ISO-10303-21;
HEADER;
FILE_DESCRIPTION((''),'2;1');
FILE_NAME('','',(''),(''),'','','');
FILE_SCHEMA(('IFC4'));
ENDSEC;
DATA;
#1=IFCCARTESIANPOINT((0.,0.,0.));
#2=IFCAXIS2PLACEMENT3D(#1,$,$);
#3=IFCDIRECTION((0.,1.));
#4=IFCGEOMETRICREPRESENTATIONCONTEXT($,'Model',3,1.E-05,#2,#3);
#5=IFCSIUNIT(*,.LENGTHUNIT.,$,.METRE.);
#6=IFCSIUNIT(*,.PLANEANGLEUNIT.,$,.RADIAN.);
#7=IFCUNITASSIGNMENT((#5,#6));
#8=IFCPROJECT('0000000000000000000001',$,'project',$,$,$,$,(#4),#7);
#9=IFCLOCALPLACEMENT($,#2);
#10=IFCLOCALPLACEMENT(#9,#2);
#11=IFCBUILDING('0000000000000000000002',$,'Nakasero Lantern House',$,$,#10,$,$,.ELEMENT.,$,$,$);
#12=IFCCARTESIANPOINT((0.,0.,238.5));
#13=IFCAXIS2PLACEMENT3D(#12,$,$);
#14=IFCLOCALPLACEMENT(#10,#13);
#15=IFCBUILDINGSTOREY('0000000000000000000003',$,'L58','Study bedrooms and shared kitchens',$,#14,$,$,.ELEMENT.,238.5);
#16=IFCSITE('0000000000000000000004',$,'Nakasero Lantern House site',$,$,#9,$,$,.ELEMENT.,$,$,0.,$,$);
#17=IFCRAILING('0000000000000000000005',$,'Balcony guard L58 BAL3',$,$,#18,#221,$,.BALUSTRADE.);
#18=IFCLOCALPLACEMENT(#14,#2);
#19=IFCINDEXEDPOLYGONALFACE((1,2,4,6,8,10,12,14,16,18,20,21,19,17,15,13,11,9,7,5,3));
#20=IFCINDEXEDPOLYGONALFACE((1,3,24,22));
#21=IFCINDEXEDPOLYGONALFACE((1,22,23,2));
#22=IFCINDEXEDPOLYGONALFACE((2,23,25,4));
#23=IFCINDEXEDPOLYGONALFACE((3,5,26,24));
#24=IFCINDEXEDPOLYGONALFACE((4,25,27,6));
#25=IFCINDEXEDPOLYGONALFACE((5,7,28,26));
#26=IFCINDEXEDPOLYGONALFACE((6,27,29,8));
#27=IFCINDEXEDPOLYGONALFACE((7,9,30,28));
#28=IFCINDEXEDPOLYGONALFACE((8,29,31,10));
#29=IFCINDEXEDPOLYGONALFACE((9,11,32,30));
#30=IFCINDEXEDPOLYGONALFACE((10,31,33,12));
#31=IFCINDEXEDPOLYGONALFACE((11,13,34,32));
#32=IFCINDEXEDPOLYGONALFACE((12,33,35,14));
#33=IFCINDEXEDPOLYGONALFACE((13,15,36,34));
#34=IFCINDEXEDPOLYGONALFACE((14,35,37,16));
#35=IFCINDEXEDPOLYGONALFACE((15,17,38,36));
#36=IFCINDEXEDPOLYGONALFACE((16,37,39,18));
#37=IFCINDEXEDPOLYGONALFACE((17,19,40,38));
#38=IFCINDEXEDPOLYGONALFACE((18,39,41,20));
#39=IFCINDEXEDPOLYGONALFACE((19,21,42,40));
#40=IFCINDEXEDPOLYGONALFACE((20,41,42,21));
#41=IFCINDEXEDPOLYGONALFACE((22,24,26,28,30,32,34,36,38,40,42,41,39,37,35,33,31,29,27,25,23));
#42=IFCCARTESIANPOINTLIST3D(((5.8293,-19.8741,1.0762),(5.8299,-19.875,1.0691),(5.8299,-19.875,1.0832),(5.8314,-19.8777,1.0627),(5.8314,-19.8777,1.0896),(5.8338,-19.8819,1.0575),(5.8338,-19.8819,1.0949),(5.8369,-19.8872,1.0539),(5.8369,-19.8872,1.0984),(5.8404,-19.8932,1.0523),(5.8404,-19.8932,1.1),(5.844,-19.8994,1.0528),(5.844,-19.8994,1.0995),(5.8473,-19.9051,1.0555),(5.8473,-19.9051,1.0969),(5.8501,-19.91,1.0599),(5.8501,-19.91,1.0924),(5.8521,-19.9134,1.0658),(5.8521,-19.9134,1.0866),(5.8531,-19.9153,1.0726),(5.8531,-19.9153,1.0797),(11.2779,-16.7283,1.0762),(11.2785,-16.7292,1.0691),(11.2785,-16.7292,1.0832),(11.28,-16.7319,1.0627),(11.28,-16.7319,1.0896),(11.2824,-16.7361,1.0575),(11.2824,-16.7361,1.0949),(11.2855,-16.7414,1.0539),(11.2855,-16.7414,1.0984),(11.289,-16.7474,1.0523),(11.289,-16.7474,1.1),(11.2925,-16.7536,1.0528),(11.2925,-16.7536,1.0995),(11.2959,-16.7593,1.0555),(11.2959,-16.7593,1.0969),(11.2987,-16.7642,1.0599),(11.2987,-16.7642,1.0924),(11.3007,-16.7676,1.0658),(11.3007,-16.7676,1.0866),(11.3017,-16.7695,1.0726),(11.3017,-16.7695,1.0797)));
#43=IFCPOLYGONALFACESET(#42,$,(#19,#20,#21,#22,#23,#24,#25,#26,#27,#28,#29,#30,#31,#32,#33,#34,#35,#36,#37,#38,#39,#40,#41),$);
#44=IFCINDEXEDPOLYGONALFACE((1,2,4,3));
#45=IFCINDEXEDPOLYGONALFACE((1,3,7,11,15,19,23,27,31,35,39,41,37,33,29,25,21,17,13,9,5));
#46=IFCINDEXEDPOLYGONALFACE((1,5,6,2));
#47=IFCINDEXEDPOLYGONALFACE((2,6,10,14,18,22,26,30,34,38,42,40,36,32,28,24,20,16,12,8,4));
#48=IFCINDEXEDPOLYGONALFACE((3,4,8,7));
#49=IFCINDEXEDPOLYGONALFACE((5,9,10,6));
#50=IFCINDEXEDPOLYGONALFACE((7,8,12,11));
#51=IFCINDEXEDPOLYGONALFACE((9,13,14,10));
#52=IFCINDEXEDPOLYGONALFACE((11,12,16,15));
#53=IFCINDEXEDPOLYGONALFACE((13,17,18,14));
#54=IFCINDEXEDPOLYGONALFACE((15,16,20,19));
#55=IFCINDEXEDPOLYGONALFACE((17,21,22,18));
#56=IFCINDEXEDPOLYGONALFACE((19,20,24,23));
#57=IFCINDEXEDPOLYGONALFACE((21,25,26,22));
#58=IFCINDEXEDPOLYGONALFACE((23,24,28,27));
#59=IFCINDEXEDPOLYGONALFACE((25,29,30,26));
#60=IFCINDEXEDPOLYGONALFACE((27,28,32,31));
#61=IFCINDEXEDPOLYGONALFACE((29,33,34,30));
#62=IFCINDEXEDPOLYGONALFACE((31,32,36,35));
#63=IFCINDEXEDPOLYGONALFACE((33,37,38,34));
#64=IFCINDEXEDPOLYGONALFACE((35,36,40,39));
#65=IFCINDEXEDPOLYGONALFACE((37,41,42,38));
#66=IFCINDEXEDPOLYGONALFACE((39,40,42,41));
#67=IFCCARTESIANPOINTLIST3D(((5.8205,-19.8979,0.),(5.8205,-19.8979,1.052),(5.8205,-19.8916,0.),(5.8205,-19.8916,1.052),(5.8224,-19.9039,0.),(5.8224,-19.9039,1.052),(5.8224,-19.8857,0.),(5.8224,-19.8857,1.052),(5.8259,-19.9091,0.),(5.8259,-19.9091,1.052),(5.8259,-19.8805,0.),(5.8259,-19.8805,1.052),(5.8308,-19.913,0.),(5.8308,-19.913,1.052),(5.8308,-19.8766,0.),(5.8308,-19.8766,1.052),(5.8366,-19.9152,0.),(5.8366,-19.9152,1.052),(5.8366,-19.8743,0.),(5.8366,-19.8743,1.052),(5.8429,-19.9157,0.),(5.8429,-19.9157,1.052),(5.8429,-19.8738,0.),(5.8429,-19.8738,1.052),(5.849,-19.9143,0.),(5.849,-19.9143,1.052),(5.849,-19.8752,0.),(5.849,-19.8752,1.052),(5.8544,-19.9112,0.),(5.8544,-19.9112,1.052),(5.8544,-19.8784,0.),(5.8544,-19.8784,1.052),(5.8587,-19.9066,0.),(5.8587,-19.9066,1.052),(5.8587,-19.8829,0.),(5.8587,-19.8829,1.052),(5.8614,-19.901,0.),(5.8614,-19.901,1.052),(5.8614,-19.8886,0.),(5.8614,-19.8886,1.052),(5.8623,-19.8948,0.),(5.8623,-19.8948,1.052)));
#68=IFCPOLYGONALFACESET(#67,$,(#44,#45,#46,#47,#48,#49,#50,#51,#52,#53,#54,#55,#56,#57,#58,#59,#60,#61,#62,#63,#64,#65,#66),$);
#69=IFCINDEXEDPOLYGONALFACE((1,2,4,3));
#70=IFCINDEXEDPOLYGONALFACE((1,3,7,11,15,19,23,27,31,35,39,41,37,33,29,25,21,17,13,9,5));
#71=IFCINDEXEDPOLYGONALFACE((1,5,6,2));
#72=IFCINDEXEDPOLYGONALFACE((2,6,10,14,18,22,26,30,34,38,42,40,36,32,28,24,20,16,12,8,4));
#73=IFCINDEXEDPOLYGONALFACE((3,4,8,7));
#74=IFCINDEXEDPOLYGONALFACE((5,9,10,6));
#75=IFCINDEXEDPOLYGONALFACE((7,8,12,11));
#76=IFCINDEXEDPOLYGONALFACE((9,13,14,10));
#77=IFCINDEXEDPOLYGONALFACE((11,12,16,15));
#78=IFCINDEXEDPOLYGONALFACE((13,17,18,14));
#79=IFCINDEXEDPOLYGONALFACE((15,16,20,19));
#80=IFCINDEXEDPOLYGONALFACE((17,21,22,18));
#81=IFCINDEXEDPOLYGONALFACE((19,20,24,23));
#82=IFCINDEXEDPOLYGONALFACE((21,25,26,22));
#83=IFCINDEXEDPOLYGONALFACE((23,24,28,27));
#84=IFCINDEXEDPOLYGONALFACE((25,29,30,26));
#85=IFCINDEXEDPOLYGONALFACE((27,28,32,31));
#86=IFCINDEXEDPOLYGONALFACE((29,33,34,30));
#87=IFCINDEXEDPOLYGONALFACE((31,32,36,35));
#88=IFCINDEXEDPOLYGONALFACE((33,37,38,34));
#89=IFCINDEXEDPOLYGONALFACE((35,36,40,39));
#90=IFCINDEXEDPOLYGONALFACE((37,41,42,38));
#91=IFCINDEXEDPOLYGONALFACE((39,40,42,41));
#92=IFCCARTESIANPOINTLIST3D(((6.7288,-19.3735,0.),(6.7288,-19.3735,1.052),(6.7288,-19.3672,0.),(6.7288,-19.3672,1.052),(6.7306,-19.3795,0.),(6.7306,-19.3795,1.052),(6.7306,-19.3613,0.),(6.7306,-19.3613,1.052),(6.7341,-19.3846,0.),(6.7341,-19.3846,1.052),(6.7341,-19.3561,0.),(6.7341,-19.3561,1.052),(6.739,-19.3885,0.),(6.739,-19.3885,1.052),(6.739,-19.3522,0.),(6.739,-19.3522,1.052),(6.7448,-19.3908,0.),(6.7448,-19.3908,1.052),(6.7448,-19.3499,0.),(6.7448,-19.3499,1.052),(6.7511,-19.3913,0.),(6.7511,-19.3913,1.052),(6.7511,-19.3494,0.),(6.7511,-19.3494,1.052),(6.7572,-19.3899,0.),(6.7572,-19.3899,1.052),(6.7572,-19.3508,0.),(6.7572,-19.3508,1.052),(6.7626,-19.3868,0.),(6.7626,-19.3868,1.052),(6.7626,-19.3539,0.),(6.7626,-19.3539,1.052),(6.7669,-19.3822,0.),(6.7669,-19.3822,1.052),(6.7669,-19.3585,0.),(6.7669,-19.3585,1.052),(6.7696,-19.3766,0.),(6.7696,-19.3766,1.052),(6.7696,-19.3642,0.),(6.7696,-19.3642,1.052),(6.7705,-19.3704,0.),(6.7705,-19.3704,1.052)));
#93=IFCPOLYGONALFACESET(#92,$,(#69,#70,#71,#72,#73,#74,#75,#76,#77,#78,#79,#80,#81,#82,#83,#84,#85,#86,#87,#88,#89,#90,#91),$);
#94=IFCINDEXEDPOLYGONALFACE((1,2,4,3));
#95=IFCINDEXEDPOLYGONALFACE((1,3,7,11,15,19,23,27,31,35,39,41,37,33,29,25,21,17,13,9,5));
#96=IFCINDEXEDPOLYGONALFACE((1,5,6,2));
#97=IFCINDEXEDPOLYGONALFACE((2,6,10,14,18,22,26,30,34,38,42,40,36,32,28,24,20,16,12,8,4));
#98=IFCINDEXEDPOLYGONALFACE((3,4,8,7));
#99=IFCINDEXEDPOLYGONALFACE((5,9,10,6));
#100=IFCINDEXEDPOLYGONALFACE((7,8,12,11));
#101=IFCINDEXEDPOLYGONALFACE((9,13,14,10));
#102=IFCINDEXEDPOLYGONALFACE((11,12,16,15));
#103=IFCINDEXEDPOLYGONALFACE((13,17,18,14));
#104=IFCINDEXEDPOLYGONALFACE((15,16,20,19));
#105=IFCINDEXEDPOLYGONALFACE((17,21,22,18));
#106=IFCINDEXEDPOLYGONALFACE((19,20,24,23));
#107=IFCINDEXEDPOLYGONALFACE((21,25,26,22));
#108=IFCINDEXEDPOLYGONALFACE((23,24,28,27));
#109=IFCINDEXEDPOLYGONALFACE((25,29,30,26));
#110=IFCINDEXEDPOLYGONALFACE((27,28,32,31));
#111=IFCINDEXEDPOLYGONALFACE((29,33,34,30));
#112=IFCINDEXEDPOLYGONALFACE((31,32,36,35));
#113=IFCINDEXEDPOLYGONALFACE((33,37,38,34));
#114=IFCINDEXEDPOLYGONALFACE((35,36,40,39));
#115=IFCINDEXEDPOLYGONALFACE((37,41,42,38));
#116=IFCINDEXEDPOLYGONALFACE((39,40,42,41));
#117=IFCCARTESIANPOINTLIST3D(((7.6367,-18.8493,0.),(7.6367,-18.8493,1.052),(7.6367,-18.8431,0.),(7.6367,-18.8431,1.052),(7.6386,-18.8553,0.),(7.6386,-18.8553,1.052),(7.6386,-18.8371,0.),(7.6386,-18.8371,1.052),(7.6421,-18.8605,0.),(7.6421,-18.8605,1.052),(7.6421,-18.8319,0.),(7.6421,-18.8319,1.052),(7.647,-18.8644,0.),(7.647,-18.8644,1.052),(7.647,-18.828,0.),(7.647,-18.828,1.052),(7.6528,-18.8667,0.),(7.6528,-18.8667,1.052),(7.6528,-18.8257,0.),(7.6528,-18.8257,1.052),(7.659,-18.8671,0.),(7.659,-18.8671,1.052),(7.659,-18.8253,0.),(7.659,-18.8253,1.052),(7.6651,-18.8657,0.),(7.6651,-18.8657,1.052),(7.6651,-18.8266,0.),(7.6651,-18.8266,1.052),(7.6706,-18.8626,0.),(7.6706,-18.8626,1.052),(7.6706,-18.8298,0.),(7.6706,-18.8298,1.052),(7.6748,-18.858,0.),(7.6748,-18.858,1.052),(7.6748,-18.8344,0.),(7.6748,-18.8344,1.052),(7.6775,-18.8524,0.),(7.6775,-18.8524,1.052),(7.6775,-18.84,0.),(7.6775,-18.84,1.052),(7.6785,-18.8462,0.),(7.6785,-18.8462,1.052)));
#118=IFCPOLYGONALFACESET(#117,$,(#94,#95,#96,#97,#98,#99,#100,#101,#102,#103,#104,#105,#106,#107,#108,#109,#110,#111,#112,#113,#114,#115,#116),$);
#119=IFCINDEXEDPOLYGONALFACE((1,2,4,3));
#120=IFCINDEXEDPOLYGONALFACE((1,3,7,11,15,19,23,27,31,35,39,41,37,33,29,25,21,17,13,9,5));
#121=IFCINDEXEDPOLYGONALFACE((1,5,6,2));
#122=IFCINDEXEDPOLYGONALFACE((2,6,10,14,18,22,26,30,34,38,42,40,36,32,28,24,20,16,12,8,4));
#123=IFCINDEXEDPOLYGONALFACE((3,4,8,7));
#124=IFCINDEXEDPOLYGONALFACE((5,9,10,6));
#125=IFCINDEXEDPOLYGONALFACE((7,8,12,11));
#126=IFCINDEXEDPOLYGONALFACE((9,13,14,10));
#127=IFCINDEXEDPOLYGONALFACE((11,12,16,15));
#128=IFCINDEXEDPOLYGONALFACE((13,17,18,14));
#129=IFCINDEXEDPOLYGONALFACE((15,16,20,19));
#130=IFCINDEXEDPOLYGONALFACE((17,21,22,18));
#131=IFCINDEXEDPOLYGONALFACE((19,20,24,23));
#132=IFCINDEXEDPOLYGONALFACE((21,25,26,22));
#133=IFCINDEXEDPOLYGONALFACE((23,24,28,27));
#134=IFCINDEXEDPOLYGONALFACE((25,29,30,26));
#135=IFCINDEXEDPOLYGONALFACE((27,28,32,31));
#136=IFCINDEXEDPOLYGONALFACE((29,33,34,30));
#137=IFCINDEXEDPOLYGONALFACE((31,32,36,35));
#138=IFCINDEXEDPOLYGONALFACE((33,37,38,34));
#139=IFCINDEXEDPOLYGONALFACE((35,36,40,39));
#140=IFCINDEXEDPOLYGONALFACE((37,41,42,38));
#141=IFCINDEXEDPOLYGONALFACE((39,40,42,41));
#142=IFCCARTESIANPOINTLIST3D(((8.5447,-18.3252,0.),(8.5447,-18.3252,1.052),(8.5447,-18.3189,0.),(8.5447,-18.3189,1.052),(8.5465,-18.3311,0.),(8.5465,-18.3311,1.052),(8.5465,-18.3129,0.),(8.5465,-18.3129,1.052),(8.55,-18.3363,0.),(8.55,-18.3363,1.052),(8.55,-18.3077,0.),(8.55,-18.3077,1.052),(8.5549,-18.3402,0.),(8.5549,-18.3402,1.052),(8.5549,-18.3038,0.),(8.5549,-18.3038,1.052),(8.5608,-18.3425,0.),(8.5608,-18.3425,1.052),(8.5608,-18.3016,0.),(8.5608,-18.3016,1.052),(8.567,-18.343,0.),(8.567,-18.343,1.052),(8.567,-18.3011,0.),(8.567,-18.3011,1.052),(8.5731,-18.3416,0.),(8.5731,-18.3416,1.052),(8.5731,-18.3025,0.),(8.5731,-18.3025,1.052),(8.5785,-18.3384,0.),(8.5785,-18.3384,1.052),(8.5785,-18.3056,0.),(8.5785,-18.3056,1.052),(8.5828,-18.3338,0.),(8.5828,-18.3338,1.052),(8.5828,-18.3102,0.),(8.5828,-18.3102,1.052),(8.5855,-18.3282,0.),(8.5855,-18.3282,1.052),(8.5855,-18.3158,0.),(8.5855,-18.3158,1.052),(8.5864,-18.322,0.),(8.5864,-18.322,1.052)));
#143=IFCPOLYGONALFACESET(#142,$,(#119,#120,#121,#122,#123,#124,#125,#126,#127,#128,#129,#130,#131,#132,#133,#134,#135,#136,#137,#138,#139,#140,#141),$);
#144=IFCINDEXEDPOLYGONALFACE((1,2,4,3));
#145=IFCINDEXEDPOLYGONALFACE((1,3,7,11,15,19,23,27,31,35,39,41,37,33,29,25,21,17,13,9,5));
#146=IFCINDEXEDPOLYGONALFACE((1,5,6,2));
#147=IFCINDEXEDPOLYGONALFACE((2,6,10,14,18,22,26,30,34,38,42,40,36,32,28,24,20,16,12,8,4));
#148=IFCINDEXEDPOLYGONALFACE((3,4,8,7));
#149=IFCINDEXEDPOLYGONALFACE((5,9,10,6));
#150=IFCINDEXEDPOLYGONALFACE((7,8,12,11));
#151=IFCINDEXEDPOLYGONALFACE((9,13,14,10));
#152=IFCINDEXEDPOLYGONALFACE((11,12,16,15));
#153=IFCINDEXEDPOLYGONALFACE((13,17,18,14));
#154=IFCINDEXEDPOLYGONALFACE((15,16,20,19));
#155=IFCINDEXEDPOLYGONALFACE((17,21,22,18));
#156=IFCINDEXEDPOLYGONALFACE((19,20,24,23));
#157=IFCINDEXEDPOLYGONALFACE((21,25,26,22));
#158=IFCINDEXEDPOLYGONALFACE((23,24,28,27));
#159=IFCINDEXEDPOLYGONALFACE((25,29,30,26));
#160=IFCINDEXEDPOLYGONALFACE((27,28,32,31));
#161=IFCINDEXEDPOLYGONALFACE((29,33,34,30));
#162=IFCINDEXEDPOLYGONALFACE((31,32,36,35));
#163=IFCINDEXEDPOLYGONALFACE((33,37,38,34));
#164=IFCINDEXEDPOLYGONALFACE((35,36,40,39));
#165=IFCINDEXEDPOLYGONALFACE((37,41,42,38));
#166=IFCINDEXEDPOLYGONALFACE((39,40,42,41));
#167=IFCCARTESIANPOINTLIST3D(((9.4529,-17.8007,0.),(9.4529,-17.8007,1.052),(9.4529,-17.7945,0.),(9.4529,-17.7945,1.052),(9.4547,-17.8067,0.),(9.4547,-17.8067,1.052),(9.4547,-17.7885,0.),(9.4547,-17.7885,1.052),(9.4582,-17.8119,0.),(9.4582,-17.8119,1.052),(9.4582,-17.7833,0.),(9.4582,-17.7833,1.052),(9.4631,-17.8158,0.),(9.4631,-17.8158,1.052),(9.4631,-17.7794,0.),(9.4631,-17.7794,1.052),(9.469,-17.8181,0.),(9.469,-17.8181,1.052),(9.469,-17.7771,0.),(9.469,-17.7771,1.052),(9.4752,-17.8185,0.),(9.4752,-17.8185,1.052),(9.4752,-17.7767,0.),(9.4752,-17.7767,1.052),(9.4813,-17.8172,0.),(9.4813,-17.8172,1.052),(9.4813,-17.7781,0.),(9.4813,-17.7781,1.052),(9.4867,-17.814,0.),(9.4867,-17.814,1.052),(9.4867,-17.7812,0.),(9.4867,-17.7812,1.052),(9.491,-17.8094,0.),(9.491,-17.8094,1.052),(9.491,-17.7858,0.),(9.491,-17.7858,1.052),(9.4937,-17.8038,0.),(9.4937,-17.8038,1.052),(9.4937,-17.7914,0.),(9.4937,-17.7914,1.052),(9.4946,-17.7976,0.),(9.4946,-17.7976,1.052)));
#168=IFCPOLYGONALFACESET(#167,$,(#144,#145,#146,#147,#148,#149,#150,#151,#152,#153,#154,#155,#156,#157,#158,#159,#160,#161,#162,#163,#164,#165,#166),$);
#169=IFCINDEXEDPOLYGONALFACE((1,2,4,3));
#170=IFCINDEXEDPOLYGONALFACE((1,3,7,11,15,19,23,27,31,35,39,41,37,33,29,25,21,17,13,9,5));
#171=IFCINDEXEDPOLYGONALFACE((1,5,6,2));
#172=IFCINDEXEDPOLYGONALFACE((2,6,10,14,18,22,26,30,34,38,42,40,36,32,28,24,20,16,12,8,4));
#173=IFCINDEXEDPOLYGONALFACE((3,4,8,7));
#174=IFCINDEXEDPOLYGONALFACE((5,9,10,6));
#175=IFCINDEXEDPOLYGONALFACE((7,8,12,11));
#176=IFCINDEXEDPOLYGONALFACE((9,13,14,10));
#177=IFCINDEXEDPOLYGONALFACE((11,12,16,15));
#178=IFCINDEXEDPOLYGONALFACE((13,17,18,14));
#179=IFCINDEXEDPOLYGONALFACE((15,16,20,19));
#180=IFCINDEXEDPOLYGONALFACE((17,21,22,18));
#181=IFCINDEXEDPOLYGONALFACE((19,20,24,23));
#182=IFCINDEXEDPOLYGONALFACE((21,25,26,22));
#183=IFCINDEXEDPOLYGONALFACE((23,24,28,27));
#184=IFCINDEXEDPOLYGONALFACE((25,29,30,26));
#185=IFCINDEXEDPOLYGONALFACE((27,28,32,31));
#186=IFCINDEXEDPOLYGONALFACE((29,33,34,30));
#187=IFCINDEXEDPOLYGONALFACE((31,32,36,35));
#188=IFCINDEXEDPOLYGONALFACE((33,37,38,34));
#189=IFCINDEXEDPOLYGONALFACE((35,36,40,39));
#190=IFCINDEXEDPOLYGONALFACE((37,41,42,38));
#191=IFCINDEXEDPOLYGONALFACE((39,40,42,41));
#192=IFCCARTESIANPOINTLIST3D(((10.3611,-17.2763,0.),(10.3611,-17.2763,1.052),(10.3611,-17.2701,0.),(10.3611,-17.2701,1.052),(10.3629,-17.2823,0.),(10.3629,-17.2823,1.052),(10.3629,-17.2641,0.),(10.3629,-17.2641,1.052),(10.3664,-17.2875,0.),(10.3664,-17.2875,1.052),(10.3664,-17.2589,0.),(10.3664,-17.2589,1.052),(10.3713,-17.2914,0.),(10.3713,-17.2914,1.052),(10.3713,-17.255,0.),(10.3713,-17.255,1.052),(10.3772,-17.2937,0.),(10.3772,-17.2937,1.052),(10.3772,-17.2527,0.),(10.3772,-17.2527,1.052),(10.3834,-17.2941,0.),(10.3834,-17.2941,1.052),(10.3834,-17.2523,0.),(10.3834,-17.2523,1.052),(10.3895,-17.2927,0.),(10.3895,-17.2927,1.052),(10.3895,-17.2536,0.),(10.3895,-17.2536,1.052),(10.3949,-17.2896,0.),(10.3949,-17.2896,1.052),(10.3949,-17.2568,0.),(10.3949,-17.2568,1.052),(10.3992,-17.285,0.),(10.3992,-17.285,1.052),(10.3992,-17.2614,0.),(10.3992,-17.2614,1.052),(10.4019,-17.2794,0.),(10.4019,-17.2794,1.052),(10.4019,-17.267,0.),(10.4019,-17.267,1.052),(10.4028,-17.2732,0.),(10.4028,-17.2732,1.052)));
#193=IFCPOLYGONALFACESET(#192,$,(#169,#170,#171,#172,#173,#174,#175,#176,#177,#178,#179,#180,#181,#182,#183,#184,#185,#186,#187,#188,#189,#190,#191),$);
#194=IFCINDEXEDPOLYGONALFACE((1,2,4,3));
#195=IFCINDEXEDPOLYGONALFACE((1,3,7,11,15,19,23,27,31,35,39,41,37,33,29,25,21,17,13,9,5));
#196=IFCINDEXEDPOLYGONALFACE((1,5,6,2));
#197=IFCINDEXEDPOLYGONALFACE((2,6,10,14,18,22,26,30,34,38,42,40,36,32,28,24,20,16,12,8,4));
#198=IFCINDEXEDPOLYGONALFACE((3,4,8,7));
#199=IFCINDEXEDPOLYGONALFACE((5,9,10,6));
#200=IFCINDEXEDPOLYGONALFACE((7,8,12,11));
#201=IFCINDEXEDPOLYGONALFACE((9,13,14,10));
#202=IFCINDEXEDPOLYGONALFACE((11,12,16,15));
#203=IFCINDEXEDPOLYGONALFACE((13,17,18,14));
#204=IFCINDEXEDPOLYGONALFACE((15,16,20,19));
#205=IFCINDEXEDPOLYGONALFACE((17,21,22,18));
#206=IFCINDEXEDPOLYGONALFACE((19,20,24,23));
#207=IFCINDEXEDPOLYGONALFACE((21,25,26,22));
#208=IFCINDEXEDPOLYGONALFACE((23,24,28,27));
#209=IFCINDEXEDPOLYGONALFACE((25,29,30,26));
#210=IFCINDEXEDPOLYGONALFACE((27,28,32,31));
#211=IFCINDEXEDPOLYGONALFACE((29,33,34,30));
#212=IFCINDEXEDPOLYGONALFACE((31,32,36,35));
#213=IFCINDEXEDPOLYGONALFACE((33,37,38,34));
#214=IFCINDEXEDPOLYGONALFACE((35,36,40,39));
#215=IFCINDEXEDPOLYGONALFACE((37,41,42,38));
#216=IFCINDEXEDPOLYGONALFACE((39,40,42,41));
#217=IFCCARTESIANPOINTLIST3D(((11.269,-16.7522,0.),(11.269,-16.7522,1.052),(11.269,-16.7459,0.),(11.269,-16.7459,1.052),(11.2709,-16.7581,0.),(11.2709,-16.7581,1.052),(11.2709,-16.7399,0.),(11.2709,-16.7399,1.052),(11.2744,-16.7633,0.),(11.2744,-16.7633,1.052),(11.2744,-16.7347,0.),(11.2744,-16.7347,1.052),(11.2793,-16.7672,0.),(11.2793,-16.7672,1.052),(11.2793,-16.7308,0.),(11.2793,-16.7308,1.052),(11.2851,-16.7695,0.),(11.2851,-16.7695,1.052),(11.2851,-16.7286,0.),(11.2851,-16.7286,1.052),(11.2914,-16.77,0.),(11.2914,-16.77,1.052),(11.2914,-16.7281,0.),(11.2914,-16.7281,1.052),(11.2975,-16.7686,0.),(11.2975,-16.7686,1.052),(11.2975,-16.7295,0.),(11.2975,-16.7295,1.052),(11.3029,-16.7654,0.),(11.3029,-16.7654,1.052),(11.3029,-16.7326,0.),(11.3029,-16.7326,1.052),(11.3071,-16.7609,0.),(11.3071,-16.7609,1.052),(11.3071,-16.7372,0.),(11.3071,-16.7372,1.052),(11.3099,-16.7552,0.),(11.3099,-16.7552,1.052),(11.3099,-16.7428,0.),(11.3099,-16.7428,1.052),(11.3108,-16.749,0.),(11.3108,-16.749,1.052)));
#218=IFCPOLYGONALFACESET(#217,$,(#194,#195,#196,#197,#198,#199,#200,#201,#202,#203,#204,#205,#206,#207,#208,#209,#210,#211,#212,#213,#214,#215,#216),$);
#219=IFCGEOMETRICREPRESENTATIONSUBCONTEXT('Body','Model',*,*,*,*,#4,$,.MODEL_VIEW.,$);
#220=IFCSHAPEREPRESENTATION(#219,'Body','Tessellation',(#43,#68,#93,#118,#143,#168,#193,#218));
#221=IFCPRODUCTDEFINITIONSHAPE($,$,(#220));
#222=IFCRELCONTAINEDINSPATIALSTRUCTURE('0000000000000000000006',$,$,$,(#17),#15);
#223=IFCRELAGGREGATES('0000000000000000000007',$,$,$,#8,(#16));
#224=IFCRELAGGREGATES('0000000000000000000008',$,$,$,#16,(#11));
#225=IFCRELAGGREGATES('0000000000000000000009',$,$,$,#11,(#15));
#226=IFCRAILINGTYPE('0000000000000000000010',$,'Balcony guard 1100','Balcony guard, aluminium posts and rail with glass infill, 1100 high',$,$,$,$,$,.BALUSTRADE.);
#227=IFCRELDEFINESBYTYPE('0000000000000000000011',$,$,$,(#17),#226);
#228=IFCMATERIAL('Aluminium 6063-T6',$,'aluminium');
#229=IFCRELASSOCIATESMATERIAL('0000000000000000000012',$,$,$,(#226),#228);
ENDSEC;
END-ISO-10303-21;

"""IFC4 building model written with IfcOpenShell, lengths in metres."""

from ifc_helpers import new_model, si_unit, direction, frame, origin, origin_2d, place, context, subcontext, project, spatial, circle, extrude, material, type_object, element, save


model = new_model("IFC4")

# Units and contexts
model_context = context("Model", 3, precision=1e-05, world=origin(), true_north=direction((0.0, 1.0)))
body_context = subcontext(model_context, "Body", "Model", "MODEL_VIEW")
ifc_project = project(units=[si_unit("LENGTHUNIT", "METRE"), si_unit("PLANEANGLEUNIT", "RADIAN")], contexts=[model_context])

# Site, building, storey
site_placement = place(None, origin())
site = spatial("IfcSite", under=ifc_project, at=site_placement, Name="Nakasero Lantern House site", CompositionType="ELEMENT", RefElevation=0.0)
building_placement = place(site_placement, origin())
building = spatial("IfcBuilding", under=site, at=building_placement, Name="Nakasero Lantern House", CompositionType="ELEMENT")
storey_placement = place(building_placement, frame((0.0, 0.0, 238.5)))
storey = spatial("IfcBuildingStorey", under=building, at=storey_placement, Name="L58", Description="Study bedrooms and shared kitchens", CompositionType="ELEMENT", Elevation=238.5)

# Railing
ifc_material_1 = material(Name="Aluminium 6063-T6", Category="aluminium")
railing_type = type_object("IfcRailingType", Name="Balcony guard 1100", Description="Balcony guard, aluminium posts and rail with glass infill, 1100 high", PredefinedType="BALUSTRADE", material=ifc_material_1)
railing_placement = place(storey_placement, frame((5.8413, -19.8948, 0.0)))
element("IfcRailing", 1, at=railing_placement, inside=storey, type_object=railing_type, Name="Balcony guard L58 BAL3", PredefinedType="BALUSTRADE", context=body_context, shape_type="SweptSolid", body=[
    extrude(circle(Radius=0.0239, at=origin_2d()), frame((0.0, 0.0, 1.0762), z_axis=(0.866021, 0.500008, 0.0), x_axis=(-0.500008, 0.866021, 0.0)), (0.0, 0.0, 1.0), 6.2915),
    extrude(circle(Radius=0.021, at=origin_2d()), origin(), (0.0, 0.0, 1.0), 1.052),
    extrude(circle(Radius=0.021, at=origin_2d()), frame((0.9082, 0.5244, 0.0)), (0.0, 0.0, 1.0), 1.052),
    extrude(circle(Radius=0.021, at=origin_2d()), frame((1.8162, 1.0486, 0.0)), (0.0, 0.0, 1.0), 1.052),
    extrude(circle(Radius=0.021, at=origin_2d()), frame((2.7241, 1.5728, 0.0)), (0.0, 0.0, 1.0), 1.052),
    extrude(circle(Radius=0.021, at=origin_2d()), frame((3.6323, 2.0972, 0.0)), (0.0, 0.0, 1.0), 1.052),
    extrude(circle(Radius=0.021, at=origin_2d()), frame((4.5405, 2.6216, 0.0)), (0.0, 0.0, 1.0), 1.052),
    extrude(circle(Radius=0.021, at=origin_2d()), frame((5.4485, 3.1458, 0.0)), (0.0, 0.0, 1.0), 1.052),
])

save(model, "model.ifc")
